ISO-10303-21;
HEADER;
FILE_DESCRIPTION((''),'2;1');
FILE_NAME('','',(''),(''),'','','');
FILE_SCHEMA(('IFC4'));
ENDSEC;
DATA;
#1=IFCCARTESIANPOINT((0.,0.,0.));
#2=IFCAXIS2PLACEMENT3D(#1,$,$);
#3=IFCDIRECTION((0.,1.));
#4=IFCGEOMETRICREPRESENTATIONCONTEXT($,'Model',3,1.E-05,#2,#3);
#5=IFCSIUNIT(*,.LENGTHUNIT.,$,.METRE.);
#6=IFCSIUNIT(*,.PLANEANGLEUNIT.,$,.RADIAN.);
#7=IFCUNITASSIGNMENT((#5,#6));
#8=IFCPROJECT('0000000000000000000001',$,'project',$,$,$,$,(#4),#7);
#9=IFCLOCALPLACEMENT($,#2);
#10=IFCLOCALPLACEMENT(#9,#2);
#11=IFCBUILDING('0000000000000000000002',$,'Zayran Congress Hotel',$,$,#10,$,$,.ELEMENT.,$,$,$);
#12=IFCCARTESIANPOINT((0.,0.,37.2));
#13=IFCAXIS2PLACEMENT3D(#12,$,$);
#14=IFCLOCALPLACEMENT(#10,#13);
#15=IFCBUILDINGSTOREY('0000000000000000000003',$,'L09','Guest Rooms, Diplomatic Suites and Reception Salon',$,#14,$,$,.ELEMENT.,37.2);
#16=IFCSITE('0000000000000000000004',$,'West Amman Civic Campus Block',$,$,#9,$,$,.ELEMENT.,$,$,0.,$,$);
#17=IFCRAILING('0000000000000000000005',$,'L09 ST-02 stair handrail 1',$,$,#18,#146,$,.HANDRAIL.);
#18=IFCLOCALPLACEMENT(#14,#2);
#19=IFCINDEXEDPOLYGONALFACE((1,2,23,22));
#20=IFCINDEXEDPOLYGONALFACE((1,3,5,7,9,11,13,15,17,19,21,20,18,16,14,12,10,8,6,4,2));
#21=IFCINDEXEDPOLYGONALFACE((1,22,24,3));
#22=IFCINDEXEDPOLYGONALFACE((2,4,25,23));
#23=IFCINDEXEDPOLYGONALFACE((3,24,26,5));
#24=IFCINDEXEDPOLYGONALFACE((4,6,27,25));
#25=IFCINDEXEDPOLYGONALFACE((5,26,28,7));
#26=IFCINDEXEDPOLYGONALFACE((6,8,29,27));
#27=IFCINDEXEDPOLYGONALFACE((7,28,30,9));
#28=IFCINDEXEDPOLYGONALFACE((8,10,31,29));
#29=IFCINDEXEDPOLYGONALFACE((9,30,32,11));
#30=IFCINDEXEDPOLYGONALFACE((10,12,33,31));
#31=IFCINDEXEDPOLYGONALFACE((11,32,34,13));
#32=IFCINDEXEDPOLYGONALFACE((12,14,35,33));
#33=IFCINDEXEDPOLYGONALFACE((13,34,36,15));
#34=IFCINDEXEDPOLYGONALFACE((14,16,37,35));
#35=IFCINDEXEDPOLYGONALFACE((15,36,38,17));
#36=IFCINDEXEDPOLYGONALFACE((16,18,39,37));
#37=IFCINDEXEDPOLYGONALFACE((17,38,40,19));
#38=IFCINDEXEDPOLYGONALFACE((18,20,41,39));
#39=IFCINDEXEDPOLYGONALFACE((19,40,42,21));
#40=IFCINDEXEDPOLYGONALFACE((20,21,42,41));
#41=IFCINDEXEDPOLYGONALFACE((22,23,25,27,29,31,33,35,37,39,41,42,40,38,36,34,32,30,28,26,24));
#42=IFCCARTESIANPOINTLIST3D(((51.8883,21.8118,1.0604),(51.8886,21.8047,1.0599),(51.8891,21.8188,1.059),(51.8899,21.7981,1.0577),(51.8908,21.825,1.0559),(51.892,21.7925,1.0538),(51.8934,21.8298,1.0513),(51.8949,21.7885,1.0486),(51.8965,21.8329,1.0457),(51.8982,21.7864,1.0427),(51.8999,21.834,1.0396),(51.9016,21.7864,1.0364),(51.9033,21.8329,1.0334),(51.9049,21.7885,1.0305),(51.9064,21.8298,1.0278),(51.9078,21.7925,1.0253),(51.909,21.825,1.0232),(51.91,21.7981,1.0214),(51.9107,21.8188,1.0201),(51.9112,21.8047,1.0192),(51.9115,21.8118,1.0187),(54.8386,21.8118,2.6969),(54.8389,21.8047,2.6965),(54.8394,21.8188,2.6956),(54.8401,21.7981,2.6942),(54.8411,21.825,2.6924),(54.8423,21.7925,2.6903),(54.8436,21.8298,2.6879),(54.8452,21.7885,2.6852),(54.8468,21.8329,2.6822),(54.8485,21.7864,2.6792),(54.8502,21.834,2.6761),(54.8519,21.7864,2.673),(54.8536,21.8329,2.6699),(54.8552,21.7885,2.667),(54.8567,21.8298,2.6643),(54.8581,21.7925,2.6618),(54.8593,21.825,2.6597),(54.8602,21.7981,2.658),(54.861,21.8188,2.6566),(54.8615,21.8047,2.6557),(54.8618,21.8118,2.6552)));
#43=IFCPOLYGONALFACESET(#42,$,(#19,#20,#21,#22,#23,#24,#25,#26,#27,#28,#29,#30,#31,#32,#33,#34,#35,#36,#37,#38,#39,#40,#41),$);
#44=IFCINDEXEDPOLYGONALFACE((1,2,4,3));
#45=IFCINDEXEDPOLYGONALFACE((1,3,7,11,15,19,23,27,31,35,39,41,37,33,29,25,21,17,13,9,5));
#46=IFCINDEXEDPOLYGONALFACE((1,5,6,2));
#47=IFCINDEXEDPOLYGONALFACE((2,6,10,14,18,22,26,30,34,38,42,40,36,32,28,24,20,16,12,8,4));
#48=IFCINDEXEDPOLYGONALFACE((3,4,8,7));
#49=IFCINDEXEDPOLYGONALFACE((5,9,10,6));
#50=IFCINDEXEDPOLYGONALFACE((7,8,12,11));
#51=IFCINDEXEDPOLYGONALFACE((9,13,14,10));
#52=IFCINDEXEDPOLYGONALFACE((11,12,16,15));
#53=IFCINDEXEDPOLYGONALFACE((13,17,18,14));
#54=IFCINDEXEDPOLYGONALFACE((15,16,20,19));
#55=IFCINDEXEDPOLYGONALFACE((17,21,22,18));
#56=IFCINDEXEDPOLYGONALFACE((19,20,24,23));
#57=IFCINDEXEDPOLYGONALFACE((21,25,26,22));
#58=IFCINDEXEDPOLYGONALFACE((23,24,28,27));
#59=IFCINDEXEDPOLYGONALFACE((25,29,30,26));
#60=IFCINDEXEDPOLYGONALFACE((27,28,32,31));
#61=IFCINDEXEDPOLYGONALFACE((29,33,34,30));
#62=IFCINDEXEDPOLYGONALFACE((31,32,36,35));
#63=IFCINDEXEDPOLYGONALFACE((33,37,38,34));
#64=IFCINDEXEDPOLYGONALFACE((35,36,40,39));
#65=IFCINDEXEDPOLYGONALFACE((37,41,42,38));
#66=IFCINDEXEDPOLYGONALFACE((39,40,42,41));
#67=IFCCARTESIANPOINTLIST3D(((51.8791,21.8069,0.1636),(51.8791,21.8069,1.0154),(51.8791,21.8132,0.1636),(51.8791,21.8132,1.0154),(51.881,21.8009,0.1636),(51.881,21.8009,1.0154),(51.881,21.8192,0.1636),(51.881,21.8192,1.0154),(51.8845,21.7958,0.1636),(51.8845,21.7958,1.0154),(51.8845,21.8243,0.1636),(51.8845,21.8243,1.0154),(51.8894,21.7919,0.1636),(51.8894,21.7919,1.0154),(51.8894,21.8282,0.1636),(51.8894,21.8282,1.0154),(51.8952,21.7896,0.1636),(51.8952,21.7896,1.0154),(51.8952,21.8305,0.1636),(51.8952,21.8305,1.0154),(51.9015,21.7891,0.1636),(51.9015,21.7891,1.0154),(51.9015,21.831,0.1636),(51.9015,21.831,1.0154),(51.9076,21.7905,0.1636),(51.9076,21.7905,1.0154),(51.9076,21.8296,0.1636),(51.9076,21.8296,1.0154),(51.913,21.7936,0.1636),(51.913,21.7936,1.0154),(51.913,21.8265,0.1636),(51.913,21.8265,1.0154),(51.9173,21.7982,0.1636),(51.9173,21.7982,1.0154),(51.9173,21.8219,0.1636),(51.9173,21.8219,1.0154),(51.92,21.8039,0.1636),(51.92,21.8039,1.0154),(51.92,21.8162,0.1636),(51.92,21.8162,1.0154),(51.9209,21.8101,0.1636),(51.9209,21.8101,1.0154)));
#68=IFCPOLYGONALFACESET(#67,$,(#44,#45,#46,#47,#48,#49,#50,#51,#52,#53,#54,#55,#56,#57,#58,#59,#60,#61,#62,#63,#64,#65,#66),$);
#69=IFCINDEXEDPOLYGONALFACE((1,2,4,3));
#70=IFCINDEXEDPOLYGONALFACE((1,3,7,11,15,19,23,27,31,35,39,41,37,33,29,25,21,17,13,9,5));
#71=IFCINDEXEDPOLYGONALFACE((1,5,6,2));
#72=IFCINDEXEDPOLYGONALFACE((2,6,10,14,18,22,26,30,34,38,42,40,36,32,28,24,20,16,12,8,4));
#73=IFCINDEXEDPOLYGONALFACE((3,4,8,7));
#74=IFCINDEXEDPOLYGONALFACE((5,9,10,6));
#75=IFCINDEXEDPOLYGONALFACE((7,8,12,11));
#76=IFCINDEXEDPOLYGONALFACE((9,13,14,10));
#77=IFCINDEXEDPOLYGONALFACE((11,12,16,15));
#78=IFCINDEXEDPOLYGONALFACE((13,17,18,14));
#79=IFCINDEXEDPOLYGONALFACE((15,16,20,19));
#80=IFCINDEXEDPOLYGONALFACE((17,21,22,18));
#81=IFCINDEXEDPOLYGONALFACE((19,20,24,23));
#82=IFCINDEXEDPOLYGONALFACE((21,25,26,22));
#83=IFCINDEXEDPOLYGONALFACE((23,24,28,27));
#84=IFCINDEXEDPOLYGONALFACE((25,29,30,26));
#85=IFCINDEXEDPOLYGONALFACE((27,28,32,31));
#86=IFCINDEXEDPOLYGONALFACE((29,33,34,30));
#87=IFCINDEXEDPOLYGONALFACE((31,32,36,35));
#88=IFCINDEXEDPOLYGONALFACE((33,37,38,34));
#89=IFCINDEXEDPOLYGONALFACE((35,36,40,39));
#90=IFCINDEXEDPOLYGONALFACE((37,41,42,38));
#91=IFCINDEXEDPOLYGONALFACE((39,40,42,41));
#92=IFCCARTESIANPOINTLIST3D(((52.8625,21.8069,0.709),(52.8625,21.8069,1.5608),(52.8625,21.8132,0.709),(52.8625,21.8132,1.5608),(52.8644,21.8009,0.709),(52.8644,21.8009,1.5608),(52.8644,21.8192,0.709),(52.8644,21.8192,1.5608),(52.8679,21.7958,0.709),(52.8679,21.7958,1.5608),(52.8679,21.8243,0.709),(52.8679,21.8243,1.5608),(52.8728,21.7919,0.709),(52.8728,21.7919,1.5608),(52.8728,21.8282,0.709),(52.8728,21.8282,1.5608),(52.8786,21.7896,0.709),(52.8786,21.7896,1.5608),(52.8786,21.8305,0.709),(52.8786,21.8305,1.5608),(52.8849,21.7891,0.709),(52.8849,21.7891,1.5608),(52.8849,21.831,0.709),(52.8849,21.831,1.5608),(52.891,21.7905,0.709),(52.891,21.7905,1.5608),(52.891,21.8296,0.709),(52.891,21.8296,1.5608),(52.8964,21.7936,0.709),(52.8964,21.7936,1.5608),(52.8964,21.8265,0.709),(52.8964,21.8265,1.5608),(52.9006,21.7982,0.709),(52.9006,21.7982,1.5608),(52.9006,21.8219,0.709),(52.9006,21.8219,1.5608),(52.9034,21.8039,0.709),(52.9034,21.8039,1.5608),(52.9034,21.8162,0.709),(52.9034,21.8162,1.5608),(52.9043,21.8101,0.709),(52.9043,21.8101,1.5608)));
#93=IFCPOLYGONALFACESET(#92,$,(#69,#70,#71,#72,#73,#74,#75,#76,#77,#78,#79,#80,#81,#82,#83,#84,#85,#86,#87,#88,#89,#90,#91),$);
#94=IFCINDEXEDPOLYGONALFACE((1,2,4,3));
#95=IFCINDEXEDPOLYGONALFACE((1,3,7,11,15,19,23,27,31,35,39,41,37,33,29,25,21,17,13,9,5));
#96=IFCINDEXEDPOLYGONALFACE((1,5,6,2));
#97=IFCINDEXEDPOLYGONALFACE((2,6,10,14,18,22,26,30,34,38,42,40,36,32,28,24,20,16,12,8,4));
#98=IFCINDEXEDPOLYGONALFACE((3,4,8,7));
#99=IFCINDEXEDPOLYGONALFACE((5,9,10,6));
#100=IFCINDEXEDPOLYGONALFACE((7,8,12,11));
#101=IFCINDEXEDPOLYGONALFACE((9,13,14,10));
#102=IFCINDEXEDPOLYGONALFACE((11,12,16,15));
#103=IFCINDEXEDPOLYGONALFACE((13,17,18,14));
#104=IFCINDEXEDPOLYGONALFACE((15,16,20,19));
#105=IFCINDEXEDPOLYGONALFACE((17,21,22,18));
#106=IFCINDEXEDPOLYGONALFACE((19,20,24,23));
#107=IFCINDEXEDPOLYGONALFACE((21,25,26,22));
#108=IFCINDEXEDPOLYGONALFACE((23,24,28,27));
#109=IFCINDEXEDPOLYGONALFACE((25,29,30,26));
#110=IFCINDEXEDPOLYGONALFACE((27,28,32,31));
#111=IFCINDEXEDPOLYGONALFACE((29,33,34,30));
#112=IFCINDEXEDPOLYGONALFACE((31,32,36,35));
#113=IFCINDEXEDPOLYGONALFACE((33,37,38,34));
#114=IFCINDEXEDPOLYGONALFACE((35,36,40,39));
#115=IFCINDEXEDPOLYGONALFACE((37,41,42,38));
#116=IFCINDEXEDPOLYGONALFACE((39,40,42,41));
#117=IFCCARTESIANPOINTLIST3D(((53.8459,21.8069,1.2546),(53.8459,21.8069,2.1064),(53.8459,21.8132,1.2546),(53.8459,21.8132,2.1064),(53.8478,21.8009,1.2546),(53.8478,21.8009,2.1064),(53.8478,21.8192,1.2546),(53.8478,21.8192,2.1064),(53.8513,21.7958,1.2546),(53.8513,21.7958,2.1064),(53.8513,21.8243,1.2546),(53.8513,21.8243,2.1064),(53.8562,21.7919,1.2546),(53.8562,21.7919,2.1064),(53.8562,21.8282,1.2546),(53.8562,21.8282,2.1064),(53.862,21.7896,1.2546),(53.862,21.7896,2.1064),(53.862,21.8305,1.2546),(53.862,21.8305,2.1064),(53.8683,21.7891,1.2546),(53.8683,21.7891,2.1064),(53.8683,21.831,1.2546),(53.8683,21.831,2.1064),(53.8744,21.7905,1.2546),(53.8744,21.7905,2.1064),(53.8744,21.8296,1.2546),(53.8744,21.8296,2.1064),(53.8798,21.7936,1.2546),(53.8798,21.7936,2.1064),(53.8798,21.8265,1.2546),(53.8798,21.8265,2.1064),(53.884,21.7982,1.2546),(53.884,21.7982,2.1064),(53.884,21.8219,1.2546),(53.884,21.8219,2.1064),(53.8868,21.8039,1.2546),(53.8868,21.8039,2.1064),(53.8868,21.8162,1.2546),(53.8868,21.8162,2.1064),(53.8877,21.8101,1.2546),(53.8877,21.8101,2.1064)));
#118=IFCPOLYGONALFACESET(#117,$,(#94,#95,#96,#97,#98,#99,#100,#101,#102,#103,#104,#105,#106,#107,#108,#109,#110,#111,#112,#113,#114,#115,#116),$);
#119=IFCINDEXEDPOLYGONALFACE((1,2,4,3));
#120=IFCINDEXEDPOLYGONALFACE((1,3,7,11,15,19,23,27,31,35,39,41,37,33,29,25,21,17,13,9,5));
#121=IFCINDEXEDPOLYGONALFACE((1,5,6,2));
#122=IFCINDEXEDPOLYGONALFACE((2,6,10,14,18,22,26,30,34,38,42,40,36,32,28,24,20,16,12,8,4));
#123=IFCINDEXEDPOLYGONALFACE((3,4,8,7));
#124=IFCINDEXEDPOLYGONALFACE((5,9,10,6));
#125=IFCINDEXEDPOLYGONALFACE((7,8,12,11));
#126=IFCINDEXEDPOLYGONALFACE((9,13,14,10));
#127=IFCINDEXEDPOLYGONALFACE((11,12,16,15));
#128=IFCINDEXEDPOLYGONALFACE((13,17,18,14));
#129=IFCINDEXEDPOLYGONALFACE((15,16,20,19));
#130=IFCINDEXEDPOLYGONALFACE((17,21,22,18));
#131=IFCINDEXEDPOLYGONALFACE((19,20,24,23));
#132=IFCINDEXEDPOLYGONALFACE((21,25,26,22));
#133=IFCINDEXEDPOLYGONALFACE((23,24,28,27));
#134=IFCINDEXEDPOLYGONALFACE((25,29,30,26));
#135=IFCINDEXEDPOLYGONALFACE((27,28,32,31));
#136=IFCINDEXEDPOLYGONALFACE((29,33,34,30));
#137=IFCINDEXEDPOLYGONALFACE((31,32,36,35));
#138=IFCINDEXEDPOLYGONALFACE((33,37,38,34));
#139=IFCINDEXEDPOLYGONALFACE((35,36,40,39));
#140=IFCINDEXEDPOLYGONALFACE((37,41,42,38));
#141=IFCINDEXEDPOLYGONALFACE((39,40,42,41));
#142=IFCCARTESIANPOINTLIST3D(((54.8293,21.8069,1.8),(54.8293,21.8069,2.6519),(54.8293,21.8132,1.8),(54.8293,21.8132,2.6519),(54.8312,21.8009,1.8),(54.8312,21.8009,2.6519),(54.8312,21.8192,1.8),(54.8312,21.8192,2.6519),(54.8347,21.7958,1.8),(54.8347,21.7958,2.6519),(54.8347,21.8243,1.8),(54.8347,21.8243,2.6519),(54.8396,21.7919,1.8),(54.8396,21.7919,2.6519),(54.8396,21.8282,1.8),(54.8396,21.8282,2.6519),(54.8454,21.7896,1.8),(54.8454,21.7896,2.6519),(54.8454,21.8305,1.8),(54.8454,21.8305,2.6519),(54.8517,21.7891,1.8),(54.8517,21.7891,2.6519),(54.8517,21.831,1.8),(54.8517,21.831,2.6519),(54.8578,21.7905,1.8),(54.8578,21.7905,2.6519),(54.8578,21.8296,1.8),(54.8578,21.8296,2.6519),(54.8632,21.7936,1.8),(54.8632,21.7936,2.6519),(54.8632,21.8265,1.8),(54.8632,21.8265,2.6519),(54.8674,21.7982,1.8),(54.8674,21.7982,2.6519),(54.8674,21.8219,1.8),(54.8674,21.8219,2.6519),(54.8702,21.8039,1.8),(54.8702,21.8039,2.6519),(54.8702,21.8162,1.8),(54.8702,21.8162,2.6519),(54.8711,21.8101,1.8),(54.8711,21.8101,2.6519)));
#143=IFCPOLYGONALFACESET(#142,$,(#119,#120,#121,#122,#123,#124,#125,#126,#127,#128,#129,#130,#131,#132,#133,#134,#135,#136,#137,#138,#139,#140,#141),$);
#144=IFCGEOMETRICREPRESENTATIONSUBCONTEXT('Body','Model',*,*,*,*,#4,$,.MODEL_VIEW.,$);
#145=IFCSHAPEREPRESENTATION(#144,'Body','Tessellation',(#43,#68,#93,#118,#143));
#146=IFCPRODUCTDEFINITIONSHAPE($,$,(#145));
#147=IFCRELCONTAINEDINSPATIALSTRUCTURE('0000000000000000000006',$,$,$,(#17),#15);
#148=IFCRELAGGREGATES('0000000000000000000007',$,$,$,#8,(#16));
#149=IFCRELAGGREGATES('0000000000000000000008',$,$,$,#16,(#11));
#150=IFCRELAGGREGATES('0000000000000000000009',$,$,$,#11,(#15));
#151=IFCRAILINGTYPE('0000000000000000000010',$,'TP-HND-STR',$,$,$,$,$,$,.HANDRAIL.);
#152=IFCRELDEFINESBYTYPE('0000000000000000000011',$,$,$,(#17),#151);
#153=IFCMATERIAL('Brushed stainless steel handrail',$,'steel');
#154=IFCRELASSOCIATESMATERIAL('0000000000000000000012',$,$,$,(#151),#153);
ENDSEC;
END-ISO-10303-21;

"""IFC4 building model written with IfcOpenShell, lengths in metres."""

from ifc_helpers import new_model, si_unit, direction, frame, origin, origin_2d, place, context, subcontext, project, spatial, circle, extrude, material, type_object, element, save


model = new_model("IFC4")

# Units and contexts
model_context = context("Model", 3, precision=1e-05, world=origin(), true_north=direction((0.0, 1.0)))
body_context = subcontext(model_context, "Body", "Model", "MODEL_VIEW")
ifc_project = project(units=[si_unit("LENGTHUNIT", "METRE"), si_unit("PLANEANGLEUNIT", "RADIAN")], contexts=[model_context])

# Site, building, storey
site_placement = place(None, origin())
site = spatial("IfcSite", under=ifc_project, at=site_placement, Name="West Amman Civic Campus Block", CompositionType="ELEMENT", RefElevation=0.0)
building_placement = place(site_placement, origin())
building = spatial("IfcBuilding", under=site, at=building_placement, Name="Zayran Congress Hotel", CompositionType="ELEMENT")
storey_placement = place(building_placement, frame((0.0, 0.0, 37.2)))
storey = spatial("IfcBuildingStorey", under=building, at=storey_placement, Name="L09", Description="Guest Rooms, Diplomatic Suites and Reception Salon", CompositionType="ELEMENT", Elevation=37.2)

# Railing
ifc_material_1 = material(Name="Brushed stainless steel handrail", Category="steel")
railing_type = type_object("IfcRailingType", Name="TP-HND-STR", PredefinedType="HANDRAIL", material=ifc_material_1)
railing_placement = place(storey_placement, frame((51.8999, 21.8101, 0.1636)))
element("IfcRailing", 1, at=railing_placement, inside=storey, type_object=railing_type, Name="L09 ST-02 stair handrail 1", PredefinedType="HANDRAIL", context=body_context, shape_type="SweptSolid", body=[
    extrude(circle(Radius=0.0239, at=origin_2d()), frame((0.0, 0.0, 0.876), z_axis=(0.874475, 0.0, 0.485071), x_axis=(0.0, 1.0, 0.0)), (0.0, 0.0, 1.0), 3.3738),
    extrude(circle(Radius=0.021, at=origin_2d()), origin(), (0.0, 0.0, 1.0), 0.8518),
    extrude(circle(Radius=0.021, at=origin_2d()), frame((0.9834, 0.0, 0.5454)), (0.0, 0.0, 1.0), 0.8518),
    extrude(circle(Radius=0.021, at=origin_2d()), frame((1.9668, 0.0, 1.0911)), (0.0, 0.0, 1.0), 0.8518),
    extrude(circle(Radius=0.021, at=origin_2d()), frame((2.9502, 0.0, 1.6365)), (0.0, 0.0, 1.0), 0.8518),
])

save(model, "model.ifc")
